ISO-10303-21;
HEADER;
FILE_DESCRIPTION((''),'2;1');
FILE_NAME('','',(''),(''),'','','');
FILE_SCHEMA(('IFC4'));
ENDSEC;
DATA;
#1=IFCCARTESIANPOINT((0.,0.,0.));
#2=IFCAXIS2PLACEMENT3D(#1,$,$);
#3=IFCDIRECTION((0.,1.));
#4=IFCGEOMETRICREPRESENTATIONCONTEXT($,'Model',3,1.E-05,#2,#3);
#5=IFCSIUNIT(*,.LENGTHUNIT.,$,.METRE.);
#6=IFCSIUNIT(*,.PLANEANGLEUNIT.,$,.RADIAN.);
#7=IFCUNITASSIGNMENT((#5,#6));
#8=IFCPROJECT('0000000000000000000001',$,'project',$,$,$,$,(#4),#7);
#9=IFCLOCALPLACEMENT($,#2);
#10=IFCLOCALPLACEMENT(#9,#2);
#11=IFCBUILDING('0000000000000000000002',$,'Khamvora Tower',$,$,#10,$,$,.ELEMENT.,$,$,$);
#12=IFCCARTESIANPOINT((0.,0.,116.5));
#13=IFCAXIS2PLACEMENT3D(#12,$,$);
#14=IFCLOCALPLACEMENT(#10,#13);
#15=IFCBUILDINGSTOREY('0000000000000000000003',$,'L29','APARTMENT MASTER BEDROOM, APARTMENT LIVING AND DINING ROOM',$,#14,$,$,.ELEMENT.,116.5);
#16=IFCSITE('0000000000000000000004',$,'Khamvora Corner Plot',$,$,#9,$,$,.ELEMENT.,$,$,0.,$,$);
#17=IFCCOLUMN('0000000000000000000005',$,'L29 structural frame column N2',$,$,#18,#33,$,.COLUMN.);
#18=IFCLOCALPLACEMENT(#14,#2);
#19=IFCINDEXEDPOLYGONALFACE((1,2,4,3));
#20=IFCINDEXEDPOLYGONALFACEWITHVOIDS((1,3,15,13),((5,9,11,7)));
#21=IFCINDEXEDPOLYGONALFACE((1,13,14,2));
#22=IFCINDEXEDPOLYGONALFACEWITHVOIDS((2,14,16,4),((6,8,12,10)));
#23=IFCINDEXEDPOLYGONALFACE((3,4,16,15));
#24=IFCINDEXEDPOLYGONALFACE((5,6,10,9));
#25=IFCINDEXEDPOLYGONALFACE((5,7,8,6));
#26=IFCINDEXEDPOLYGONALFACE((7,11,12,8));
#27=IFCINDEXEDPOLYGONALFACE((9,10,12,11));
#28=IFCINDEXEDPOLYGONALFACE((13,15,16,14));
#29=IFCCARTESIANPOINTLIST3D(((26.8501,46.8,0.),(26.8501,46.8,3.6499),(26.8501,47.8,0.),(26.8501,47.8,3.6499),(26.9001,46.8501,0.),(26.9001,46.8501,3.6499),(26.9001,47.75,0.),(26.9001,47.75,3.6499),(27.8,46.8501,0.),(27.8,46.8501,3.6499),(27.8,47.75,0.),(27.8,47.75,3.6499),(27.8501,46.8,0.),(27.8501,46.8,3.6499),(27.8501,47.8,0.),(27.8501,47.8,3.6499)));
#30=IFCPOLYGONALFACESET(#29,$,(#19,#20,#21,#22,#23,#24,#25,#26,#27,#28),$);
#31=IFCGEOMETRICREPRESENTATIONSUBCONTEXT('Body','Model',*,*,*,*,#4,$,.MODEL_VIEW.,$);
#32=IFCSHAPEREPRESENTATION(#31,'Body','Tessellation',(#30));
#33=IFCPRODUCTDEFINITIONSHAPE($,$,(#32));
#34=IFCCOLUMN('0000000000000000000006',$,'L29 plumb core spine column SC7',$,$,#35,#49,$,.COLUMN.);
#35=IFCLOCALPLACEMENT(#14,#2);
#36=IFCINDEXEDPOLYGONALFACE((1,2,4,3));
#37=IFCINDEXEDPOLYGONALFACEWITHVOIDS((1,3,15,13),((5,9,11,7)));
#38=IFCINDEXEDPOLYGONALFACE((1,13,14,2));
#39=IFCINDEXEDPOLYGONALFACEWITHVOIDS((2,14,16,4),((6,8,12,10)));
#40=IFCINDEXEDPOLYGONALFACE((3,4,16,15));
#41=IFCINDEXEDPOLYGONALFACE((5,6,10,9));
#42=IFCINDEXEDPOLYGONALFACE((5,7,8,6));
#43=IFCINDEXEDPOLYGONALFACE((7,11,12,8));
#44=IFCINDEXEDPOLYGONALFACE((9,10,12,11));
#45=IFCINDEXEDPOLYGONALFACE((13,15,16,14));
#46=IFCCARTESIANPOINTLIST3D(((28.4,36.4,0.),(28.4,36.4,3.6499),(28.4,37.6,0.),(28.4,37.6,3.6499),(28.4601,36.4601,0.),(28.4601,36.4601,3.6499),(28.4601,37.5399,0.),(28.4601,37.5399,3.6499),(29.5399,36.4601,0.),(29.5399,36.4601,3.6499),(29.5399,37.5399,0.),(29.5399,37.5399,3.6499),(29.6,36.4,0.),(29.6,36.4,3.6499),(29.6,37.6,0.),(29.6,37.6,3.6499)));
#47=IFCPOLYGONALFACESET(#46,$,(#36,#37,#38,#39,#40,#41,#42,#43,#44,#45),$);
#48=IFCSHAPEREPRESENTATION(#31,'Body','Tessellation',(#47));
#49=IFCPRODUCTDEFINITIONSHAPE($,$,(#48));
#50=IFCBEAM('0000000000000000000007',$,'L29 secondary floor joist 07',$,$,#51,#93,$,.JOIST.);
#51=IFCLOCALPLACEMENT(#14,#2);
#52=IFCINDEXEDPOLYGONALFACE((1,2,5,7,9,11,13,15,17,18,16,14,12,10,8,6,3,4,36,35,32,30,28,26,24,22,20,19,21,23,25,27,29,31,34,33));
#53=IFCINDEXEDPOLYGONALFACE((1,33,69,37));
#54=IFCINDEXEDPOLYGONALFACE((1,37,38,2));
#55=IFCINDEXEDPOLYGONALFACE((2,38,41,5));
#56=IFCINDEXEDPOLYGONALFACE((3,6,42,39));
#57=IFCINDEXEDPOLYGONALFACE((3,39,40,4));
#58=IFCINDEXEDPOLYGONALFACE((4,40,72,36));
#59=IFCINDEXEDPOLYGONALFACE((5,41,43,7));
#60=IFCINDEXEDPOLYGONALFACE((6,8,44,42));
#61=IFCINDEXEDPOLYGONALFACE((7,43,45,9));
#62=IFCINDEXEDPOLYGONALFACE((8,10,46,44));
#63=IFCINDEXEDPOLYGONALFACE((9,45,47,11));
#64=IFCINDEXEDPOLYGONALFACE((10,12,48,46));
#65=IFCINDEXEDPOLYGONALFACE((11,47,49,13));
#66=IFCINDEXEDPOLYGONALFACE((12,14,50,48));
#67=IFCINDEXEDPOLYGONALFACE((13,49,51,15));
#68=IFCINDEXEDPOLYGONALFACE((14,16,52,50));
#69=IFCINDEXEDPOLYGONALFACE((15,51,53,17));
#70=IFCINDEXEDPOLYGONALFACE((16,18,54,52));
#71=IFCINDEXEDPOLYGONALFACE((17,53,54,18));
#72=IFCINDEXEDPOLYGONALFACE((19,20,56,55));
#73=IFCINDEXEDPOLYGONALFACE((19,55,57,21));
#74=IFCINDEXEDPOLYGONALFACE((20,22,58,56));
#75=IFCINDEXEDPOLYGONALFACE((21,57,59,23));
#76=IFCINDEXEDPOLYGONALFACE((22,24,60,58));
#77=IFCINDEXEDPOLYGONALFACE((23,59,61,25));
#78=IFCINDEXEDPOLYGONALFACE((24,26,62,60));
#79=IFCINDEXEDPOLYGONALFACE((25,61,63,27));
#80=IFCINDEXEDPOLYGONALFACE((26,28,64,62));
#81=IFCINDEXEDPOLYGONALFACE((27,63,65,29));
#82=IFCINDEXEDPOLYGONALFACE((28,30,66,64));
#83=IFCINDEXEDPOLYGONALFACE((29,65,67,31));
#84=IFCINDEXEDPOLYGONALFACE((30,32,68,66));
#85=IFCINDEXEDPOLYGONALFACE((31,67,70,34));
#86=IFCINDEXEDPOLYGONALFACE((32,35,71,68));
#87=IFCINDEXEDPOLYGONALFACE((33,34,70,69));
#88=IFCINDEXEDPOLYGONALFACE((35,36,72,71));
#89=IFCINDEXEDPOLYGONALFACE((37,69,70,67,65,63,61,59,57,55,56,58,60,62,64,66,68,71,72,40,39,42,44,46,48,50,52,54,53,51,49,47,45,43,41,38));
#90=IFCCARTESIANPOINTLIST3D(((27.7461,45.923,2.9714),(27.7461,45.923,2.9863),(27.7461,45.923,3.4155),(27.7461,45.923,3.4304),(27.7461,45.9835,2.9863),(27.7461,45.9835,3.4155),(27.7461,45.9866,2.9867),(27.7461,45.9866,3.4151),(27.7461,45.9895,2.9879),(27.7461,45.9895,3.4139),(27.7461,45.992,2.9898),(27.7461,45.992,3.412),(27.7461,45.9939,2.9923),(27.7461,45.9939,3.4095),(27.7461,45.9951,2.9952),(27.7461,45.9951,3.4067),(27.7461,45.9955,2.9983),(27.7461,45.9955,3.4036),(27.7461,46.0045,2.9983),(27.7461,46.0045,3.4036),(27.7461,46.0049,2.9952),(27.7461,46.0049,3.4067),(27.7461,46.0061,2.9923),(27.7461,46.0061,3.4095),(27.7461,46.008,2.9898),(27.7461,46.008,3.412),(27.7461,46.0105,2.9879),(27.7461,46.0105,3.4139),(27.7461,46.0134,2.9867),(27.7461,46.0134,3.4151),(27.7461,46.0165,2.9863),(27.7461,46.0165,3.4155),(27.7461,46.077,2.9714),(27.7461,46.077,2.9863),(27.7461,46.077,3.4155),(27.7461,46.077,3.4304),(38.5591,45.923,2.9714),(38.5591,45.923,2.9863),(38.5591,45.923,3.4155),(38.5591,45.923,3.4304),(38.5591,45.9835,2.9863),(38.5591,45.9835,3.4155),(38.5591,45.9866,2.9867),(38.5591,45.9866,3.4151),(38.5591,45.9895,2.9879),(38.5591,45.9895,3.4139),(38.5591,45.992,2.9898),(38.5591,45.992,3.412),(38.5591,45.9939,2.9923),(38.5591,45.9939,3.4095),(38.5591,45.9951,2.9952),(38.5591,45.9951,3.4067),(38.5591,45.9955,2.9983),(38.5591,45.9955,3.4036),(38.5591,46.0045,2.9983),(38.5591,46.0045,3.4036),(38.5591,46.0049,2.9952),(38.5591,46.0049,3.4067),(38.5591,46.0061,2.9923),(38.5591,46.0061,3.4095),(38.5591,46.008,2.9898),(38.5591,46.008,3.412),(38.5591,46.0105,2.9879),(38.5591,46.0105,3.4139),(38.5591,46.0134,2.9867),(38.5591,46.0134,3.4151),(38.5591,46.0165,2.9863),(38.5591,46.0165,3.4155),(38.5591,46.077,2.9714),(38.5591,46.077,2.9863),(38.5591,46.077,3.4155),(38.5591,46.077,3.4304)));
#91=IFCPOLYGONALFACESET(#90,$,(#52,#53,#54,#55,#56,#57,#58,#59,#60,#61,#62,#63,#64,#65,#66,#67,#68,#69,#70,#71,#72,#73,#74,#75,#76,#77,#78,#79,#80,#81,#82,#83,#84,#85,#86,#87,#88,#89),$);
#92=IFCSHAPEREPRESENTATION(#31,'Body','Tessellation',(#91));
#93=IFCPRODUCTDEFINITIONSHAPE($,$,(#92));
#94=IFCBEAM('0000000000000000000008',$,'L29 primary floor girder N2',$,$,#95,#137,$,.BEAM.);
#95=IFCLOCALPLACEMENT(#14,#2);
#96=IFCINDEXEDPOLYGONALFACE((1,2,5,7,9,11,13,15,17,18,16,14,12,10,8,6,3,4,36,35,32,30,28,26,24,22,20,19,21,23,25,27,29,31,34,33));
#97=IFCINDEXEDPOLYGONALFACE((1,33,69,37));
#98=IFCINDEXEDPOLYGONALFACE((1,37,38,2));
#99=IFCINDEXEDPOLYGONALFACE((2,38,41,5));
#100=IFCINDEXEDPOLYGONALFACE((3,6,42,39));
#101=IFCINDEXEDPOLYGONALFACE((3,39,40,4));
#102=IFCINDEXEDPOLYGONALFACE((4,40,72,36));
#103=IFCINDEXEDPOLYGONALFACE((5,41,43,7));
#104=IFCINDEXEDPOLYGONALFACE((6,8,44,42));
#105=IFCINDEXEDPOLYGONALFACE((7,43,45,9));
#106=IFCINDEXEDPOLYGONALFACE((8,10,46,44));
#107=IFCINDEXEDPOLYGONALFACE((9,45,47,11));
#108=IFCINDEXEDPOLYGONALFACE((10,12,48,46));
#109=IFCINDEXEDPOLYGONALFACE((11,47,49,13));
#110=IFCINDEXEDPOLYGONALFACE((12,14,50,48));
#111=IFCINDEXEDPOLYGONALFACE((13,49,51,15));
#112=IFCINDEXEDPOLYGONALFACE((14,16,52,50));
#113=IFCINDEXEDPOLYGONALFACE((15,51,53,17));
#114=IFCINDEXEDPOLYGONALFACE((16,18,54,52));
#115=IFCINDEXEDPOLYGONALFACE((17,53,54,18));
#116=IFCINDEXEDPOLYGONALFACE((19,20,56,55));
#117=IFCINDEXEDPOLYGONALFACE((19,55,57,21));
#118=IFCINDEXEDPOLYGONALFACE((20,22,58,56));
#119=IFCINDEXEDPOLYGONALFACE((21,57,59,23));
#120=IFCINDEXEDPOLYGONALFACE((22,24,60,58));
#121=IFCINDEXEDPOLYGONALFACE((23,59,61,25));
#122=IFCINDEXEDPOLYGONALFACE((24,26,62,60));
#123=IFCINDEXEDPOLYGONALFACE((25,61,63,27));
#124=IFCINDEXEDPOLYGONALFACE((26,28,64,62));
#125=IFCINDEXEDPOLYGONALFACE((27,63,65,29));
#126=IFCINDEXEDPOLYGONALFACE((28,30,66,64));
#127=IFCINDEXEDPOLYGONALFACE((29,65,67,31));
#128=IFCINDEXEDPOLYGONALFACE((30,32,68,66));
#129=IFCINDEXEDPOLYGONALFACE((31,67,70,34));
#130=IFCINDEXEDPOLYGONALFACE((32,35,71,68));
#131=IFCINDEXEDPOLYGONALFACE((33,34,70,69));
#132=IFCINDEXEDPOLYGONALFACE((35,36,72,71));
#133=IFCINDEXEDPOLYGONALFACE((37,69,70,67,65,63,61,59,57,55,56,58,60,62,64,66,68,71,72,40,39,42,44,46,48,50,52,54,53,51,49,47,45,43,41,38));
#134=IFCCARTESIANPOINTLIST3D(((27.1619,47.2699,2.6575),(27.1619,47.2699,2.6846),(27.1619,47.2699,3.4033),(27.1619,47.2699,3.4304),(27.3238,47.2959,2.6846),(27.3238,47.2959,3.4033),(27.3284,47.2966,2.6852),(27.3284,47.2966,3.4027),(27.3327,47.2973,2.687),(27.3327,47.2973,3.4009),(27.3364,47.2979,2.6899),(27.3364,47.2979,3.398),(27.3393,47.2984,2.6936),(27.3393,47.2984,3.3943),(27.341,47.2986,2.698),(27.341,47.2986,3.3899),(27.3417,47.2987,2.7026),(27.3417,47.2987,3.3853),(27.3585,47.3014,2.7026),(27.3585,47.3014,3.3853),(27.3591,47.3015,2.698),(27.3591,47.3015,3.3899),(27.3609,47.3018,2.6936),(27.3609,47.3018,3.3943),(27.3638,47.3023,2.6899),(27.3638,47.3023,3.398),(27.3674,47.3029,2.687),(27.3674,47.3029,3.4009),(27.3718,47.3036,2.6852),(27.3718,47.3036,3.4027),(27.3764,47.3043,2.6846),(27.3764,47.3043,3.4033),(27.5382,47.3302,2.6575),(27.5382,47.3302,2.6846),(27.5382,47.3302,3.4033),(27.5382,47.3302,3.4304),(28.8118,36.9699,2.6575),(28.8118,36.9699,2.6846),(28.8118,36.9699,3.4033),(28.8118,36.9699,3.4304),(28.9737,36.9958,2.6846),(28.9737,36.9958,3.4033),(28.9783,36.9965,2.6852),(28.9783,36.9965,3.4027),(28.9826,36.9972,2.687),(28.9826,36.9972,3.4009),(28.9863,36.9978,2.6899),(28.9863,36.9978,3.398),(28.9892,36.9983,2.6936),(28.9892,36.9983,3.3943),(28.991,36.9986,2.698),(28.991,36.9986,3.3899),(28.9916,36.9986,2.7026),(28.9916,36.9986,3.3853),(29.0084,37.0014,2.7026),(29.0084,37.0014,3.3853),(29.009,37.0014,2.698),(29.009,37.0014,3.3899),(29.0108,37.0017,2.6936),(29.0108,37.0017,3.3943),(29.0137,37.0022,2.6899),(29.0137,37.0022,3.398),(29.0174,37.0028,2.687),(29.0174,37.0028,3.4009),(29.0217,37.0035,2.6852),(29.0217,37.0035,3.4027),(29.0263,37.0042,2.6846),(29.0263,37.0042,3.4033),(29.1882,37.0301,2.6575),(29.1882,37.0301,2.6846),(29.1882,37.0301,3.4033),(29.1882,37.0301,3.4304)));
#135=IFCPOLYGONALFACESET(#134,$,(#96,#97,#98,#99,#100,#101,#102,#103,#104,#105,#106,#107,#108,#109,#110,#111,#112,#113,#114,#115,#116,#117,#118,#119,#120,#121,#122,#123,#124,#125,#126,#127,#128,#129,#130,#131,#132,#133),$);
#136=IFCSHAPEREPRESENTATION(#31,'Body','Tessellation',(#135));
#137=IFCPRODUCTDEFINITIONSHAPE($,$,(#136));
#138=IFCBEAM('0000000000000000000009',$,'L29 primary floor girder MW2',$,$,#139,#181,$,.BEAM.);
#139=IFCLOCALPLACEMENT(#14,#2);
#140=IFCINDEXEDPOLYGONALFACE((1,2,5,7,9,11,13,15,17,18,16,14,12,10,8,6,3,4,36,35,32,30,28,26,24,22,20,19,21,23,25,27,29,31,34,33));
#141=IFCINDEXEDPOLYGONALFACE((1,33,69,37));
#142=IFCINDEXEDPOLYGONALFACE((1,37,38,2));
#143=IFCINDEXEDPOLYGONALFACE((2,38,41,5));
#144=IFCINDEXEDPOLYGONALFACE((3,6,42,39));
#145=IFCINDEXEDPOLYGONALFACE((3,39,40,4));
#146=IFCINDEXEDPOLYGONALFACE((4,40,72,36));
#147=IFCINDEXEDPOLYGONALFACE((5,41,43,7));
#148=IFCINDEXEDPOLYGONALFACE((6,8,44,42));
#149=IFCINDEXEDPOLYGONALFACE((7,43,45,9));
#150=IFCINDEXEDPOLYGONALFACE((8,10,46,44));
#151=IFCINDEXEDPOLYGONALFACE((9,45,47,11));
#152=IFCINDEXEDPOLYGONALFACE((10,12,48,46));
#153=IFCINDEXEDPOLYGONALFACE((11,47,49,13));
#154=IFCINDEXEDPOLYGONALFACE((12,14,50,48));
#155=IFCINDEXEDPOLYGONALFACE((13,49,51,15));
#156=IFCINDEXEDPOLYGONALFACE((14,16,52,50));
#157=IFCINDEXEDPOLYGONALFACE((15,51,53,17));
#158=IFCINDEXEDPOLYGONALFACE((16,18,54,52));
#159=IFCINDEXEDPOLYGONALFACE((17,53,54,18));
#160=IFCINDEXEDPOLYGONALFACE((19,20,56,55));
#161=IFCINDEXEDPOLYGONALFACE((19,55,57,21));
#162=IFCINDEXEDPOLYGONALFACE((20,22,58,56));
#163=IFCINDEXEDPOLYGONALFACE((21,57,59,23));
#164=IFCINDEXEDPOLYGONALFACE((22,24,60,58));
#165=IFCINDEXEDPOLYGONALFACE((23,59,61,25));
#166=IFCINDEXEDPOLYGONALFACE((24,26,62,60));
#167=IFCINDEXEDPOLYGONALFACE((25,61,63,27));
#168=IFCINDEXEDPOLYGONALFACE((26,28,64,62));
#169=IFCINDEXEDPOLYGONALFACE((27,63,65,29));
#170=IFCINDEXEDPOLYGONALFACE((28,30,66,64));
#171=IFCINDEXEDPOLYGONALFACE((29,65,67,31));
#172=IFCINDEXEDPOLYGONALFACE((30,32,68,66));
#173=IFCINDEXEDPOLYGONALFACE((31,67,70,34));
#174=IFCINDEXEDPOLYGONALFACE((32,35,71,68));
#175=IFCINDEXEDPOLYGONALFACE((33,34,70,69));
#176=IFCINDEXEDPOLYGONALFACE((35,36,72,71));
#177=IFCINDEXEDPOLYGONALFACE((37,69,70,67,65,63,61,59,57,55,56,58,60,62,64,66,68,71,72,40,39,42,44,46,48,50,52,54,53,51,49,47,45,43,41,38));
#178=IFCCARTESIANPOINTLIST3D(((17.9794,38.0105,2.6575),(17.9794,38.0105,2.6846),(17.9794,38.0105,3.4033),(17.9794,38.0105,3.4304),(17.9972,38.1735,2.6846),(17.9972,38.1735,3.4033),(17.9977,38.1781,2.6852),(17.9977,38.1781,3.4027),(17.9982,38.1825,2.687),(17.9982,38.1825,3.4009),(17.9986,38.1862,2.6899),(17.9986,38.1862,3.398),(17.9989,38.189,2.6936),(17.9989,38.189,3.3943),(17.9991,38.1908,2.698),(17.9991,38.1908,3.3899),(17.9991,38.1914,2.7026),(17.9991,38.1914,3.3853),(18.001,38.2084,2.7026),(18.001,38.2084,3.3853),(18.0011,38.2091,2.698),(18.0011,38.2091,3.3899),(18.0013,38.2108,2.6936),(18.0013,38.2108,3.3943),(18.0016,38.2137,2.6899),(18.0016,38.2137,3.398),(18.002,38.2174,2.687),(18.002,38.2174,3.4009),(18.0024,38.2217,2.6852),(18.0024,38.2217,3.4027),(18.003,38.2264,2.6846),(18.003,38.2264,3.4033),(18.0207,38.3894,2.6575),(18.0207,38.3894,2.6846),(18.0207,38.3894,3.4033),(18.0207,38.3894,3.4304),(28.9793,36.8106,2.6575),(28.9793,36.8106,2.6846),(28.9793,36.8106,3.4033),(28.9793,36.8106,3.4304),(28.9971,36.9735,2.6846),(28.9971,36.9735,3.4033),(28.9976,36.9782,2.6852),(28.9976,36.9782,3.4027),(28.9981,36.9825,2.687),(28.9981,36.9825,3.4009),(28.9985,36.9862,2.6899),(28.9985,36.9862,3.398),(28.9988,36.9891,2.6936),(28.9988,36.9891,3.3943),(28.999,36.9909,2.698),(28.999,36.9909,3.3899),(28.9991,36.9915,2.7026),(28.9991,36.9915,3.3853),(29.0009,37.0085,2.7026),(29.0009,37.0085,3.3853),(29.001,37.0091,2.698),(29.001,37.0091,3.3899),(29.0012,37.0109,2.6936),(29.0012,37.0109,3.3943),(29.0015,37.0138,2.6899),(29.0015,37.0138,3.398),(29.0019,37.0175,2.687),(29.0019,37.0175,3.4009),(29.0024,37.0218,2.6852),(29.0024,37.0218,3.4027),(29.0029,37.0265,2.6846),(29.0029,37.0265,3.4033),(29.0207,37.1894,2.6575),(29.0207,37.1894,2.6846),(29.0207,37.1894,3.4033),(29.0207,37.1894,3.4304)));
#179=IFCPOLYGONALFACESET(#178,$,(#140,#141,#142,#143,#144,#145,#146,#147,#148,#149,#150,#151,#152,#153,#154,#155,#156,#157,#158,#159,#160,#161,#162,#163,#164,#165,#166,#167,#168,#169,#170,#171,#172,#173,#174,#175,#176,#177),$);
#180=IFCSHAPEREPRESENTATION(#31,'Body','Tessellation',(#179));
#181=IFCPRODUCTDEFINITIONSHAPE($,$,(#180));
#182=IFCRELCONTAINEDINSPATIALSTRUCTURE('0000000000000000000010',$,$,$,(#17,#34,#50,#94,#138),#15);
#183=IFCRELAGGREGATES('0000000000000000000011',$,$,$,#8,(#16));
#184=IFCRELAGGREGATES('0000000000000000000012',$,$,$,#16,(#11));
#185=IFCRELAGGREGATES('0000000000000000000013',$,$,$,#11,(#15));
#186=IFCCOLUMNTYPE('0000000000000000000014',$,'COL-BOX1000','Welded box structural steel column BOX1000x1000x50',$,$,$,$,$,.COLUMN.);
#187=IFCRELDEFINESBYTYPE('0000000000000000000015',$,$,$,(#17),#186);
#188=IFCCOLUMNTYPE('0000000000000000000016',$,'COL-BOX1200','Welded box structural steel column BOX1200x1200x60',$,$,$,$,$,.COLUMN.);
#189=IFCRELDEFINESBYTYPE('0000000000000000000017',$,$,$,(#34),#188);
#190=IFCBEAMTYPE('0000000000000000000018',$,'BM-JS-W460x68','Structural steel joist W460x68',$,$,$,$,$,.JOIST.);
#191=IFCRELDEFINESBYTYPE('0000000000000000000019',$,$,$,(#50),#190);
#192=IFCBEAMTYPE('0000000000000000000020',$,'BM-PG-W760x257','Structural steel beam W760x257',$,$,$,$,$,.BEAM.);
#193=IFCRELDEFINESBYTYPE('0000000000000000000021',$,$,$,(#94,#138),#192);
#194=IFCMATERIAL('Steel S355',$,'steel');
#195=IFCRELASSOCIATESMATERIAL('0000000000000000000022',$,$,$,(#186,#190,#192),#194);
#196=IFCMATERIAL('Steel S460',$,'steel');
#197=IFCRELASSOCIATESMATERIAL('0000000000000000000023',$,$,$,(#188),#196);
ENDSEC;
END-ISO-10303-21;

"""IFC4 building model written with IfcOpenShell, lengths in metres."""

from ifc_helpers import new_model, si_unit, direction, frame, origin, origin_2d, place, context, subcontext, project, spatial, hollow_rectangle, i_section, extrude, material, material_profile, profile_set, type_object, element, save


model = new_model("IFC4")

# Units and contexts
model_context = context("Model", 3, precision=1e-05, world=origin(), true_north=direction((0.0, 1.0)))
body_context = subcontext(model_context, "Body", "Model", "MODEL_VIEW")
ifc_project = project(units=[si_unit("LENGTHUNIT", "METRE"), si_unit("PLANEANGLEUNIT", "RADIAN")], contexts=[model_context])

# Site, building, storey
site_placement = place(None, origin())
site = spatial("IfcSite", under=ifc_project, at=site_placement, Name="Khamvora Corner Plot", CompositionType="ELEMENT", RefElevation=0.0)
building_placement = place(site_placement, origin())
building = spatial("IfcBuilding", under=site, at=building_placement, Name="Khamvora Tower", CompositionType="ELEMENT")
storey_placement = place(building_placement, frame((0.0, 0.0, 116.5)))
storey = spatial("IfcBuildingStorey", under=building, at=storey_placement, Name="L29", Description="APARTMENT MASTER BEDROOM, APARTMENT LIVING AND DINING ROOM", CompositionType="ELEMENT", Elevation=116.5)

# Columns
ifc_material_1 = material(Name="Steel S355", Category="steel")
ifc_material_profile_1 = material_profile(ifc_material_1, hollow_rectangle(XDim=1.0, YDim=1.0, WallThickness=0.05, at=origin_2d()), Name="BOX1000x1000x50")
ifc_profile_set_1 = profile_set([ifc_material_profile_1], Name="Steel S355")
column_type_1 = type_object("IfcColumnType", Name="COL-BOX1000", Description="Welded box structural steel column BOX1000x1000x50", PredefinedType="COLUMN", material=ifc_profile_set_1)
column_1_placement = place(storey_placement, frame((27.3501, 47.3, 0.0), z_axis=(0.0, 0.0, 1.0), x_axis=(1.0, 0.0, 0.0)))
element("IfcColumn", 1, at=column_1_placement, inside=storey, type_object=column_type_1, Name="L29 structural frame column N2", PredefinedType="COLUMN", context=body_context, shape_type="SweptSolid", body=[
    extrude(hollow_rectangle(XDim=1.0, YDim=1.0, WallThickness=0.05, at=origin_2d()), origin(), (0.0, 0.0, 1.0), 3.6499),
])
ifc_material_2 = material(Name="Steel S460", Category="steel")
ifc_material_profile_2 = material_profile(ifc_material_2, hollow_rectangle(XDim=1.2, YDim=1.2, WallThickness=0.0601, at=origin_2d()), Name="BOX1200x1200x60")
ifc_profile_set_2 = profile_set([ifc_material_profile_2], Name="Steel S460")
column_type_2 = type_object("IfcColumnType", Name="COL-BOX1200", Description="Welded box structural steel column BOX1200x1200x60", PredefinedType="COLUMN", material=ifc_profile_set_2)
column_2_placement = place(storey_placement, frame((29.0, 37.0, 0.0), z_axis=(0.0, 0.0, 1.0), x_axis=(1.0, 0.0, 0.0)))
element("IfcColumn", 2, at=column_2_placement, inside=storey, type_object=column_type_2, Name="L29 plumb core spine column SC7", PredefinedType="COLUMN", context=body_context, shape_type="SweptSolid", body=[
    extrude(hollow_rectangle(XDim=1.2, YDim=1.2, WallThickness=0.0601, at=origin_2d()), origin(), (0.0, 0.0, 1.0), 3.6499),
])

# Beams
ifc_material_profile_3 = material_profile(ifc_material_1, i_section(OverallWidth=0.1541, OverallDepth=0.459, WebThickness=0.009, FlangeThickness=0.0149, FilletRadius=0.012, at=origin_2d()), Name="W460x68")
ifc_profile_set_3 = profile_set([ifc_material_profile_3], Name="Steel S355")
beam_type_1 = type_object("IfcBeamType", Name="BM-JS-W460x68", Description="Structural steel joist W460x68", PredefinedType="JOIST", material=ifc_profile_set_3)
beam_1_placement = place(storey_placement, frame((27.7461, 46.0, 3.2009), z_axis=(1.0, 0.0, 0.0), x_axis=(0.0, 1.0, 0.0)))
element("IfcBeam", 3, at=beam_1_placement, inside=storey, type_object=beam_type_1, Name="L29 secondary floor joist 07", PredefinedType="JOIST", context=body_context, shape_type="SweptSolid", body=[
    extrude(i_section(OverallWidth=0.1541, OverallDepth=0.459, WebThickness=0.009, FlangeThickness=0.0149, FilletRadius=0.012, at=origin_2d()), origin(), (0.0, 0.0, 1.0), 10.813),
])
ifc_material_profile_4 = material_profile(ifc_material_1, i_section(OverallWidth=0.3811, OverallDepth=0.7729, WebThickness=0.0171, FlangeThickness=0.0271, FilletRadius=0.0181, at=origin_2d()), Name="W760x257")
ifc_profile_set_4 = profile_set([ifc_material_profile_4], Name="Steel S355")
beam_type_2 = type_object("IfcBeamType", Name="BM-PG-W760x257", Description="Structural steel beam W760x257", PredefinedType="BEAM", material=ifc_profile_set_4)
beam_2_placement = place(storey_placement, frame((29.0, 37.0, 3.0439), z_axis=(-0.158168, 0.987412, 0.0), x_axis=(-0.987412, -0.158168, 0.0)))
element("IfcBeam", 4, at=beam_2_placement, inside=storey, type_object=beam_type_2, Name="L29 primary floor girder N2", PredefinedType="BEAM", context=body_context, shape_type="SweptSolid", body=[
    extrude(i_section(OverallWidth=0.3811, OverallDepth=0.7729, WebThickness=0.0171, FlangeThickness=0.0271, FilletRadius=0.0181, at=origin_2d()), origin(), (0.0, 0.0, 1.0), 10.4314),
])
beam_3_placement = place(storey_placement, frame((29.0, 37.0, 3.0439), z_axis=(-0.994103, 0.108443, 0.0), x_axis=(-0.108443, -0.994103, 0.0)))
element("IfcBeam", 5, at=beam_3_placement, inside=storey, type_object=beam_type_2, Name="L29 primary floor girder MW2", PredefinedType="BEAM", context=body_context, shape_type="SweptSolid", body=[
    extrude(i_section(OverallWidth=0.3811, OverallDepth=0.7729, WebThickness=0.0171, FlangeThickness=0.0271, FilletRadius=0.0181, at=origin_2d()), origin(), (0.0, 0.0, 1.0), 11.0652),
])

save(model, "model.ifc")
